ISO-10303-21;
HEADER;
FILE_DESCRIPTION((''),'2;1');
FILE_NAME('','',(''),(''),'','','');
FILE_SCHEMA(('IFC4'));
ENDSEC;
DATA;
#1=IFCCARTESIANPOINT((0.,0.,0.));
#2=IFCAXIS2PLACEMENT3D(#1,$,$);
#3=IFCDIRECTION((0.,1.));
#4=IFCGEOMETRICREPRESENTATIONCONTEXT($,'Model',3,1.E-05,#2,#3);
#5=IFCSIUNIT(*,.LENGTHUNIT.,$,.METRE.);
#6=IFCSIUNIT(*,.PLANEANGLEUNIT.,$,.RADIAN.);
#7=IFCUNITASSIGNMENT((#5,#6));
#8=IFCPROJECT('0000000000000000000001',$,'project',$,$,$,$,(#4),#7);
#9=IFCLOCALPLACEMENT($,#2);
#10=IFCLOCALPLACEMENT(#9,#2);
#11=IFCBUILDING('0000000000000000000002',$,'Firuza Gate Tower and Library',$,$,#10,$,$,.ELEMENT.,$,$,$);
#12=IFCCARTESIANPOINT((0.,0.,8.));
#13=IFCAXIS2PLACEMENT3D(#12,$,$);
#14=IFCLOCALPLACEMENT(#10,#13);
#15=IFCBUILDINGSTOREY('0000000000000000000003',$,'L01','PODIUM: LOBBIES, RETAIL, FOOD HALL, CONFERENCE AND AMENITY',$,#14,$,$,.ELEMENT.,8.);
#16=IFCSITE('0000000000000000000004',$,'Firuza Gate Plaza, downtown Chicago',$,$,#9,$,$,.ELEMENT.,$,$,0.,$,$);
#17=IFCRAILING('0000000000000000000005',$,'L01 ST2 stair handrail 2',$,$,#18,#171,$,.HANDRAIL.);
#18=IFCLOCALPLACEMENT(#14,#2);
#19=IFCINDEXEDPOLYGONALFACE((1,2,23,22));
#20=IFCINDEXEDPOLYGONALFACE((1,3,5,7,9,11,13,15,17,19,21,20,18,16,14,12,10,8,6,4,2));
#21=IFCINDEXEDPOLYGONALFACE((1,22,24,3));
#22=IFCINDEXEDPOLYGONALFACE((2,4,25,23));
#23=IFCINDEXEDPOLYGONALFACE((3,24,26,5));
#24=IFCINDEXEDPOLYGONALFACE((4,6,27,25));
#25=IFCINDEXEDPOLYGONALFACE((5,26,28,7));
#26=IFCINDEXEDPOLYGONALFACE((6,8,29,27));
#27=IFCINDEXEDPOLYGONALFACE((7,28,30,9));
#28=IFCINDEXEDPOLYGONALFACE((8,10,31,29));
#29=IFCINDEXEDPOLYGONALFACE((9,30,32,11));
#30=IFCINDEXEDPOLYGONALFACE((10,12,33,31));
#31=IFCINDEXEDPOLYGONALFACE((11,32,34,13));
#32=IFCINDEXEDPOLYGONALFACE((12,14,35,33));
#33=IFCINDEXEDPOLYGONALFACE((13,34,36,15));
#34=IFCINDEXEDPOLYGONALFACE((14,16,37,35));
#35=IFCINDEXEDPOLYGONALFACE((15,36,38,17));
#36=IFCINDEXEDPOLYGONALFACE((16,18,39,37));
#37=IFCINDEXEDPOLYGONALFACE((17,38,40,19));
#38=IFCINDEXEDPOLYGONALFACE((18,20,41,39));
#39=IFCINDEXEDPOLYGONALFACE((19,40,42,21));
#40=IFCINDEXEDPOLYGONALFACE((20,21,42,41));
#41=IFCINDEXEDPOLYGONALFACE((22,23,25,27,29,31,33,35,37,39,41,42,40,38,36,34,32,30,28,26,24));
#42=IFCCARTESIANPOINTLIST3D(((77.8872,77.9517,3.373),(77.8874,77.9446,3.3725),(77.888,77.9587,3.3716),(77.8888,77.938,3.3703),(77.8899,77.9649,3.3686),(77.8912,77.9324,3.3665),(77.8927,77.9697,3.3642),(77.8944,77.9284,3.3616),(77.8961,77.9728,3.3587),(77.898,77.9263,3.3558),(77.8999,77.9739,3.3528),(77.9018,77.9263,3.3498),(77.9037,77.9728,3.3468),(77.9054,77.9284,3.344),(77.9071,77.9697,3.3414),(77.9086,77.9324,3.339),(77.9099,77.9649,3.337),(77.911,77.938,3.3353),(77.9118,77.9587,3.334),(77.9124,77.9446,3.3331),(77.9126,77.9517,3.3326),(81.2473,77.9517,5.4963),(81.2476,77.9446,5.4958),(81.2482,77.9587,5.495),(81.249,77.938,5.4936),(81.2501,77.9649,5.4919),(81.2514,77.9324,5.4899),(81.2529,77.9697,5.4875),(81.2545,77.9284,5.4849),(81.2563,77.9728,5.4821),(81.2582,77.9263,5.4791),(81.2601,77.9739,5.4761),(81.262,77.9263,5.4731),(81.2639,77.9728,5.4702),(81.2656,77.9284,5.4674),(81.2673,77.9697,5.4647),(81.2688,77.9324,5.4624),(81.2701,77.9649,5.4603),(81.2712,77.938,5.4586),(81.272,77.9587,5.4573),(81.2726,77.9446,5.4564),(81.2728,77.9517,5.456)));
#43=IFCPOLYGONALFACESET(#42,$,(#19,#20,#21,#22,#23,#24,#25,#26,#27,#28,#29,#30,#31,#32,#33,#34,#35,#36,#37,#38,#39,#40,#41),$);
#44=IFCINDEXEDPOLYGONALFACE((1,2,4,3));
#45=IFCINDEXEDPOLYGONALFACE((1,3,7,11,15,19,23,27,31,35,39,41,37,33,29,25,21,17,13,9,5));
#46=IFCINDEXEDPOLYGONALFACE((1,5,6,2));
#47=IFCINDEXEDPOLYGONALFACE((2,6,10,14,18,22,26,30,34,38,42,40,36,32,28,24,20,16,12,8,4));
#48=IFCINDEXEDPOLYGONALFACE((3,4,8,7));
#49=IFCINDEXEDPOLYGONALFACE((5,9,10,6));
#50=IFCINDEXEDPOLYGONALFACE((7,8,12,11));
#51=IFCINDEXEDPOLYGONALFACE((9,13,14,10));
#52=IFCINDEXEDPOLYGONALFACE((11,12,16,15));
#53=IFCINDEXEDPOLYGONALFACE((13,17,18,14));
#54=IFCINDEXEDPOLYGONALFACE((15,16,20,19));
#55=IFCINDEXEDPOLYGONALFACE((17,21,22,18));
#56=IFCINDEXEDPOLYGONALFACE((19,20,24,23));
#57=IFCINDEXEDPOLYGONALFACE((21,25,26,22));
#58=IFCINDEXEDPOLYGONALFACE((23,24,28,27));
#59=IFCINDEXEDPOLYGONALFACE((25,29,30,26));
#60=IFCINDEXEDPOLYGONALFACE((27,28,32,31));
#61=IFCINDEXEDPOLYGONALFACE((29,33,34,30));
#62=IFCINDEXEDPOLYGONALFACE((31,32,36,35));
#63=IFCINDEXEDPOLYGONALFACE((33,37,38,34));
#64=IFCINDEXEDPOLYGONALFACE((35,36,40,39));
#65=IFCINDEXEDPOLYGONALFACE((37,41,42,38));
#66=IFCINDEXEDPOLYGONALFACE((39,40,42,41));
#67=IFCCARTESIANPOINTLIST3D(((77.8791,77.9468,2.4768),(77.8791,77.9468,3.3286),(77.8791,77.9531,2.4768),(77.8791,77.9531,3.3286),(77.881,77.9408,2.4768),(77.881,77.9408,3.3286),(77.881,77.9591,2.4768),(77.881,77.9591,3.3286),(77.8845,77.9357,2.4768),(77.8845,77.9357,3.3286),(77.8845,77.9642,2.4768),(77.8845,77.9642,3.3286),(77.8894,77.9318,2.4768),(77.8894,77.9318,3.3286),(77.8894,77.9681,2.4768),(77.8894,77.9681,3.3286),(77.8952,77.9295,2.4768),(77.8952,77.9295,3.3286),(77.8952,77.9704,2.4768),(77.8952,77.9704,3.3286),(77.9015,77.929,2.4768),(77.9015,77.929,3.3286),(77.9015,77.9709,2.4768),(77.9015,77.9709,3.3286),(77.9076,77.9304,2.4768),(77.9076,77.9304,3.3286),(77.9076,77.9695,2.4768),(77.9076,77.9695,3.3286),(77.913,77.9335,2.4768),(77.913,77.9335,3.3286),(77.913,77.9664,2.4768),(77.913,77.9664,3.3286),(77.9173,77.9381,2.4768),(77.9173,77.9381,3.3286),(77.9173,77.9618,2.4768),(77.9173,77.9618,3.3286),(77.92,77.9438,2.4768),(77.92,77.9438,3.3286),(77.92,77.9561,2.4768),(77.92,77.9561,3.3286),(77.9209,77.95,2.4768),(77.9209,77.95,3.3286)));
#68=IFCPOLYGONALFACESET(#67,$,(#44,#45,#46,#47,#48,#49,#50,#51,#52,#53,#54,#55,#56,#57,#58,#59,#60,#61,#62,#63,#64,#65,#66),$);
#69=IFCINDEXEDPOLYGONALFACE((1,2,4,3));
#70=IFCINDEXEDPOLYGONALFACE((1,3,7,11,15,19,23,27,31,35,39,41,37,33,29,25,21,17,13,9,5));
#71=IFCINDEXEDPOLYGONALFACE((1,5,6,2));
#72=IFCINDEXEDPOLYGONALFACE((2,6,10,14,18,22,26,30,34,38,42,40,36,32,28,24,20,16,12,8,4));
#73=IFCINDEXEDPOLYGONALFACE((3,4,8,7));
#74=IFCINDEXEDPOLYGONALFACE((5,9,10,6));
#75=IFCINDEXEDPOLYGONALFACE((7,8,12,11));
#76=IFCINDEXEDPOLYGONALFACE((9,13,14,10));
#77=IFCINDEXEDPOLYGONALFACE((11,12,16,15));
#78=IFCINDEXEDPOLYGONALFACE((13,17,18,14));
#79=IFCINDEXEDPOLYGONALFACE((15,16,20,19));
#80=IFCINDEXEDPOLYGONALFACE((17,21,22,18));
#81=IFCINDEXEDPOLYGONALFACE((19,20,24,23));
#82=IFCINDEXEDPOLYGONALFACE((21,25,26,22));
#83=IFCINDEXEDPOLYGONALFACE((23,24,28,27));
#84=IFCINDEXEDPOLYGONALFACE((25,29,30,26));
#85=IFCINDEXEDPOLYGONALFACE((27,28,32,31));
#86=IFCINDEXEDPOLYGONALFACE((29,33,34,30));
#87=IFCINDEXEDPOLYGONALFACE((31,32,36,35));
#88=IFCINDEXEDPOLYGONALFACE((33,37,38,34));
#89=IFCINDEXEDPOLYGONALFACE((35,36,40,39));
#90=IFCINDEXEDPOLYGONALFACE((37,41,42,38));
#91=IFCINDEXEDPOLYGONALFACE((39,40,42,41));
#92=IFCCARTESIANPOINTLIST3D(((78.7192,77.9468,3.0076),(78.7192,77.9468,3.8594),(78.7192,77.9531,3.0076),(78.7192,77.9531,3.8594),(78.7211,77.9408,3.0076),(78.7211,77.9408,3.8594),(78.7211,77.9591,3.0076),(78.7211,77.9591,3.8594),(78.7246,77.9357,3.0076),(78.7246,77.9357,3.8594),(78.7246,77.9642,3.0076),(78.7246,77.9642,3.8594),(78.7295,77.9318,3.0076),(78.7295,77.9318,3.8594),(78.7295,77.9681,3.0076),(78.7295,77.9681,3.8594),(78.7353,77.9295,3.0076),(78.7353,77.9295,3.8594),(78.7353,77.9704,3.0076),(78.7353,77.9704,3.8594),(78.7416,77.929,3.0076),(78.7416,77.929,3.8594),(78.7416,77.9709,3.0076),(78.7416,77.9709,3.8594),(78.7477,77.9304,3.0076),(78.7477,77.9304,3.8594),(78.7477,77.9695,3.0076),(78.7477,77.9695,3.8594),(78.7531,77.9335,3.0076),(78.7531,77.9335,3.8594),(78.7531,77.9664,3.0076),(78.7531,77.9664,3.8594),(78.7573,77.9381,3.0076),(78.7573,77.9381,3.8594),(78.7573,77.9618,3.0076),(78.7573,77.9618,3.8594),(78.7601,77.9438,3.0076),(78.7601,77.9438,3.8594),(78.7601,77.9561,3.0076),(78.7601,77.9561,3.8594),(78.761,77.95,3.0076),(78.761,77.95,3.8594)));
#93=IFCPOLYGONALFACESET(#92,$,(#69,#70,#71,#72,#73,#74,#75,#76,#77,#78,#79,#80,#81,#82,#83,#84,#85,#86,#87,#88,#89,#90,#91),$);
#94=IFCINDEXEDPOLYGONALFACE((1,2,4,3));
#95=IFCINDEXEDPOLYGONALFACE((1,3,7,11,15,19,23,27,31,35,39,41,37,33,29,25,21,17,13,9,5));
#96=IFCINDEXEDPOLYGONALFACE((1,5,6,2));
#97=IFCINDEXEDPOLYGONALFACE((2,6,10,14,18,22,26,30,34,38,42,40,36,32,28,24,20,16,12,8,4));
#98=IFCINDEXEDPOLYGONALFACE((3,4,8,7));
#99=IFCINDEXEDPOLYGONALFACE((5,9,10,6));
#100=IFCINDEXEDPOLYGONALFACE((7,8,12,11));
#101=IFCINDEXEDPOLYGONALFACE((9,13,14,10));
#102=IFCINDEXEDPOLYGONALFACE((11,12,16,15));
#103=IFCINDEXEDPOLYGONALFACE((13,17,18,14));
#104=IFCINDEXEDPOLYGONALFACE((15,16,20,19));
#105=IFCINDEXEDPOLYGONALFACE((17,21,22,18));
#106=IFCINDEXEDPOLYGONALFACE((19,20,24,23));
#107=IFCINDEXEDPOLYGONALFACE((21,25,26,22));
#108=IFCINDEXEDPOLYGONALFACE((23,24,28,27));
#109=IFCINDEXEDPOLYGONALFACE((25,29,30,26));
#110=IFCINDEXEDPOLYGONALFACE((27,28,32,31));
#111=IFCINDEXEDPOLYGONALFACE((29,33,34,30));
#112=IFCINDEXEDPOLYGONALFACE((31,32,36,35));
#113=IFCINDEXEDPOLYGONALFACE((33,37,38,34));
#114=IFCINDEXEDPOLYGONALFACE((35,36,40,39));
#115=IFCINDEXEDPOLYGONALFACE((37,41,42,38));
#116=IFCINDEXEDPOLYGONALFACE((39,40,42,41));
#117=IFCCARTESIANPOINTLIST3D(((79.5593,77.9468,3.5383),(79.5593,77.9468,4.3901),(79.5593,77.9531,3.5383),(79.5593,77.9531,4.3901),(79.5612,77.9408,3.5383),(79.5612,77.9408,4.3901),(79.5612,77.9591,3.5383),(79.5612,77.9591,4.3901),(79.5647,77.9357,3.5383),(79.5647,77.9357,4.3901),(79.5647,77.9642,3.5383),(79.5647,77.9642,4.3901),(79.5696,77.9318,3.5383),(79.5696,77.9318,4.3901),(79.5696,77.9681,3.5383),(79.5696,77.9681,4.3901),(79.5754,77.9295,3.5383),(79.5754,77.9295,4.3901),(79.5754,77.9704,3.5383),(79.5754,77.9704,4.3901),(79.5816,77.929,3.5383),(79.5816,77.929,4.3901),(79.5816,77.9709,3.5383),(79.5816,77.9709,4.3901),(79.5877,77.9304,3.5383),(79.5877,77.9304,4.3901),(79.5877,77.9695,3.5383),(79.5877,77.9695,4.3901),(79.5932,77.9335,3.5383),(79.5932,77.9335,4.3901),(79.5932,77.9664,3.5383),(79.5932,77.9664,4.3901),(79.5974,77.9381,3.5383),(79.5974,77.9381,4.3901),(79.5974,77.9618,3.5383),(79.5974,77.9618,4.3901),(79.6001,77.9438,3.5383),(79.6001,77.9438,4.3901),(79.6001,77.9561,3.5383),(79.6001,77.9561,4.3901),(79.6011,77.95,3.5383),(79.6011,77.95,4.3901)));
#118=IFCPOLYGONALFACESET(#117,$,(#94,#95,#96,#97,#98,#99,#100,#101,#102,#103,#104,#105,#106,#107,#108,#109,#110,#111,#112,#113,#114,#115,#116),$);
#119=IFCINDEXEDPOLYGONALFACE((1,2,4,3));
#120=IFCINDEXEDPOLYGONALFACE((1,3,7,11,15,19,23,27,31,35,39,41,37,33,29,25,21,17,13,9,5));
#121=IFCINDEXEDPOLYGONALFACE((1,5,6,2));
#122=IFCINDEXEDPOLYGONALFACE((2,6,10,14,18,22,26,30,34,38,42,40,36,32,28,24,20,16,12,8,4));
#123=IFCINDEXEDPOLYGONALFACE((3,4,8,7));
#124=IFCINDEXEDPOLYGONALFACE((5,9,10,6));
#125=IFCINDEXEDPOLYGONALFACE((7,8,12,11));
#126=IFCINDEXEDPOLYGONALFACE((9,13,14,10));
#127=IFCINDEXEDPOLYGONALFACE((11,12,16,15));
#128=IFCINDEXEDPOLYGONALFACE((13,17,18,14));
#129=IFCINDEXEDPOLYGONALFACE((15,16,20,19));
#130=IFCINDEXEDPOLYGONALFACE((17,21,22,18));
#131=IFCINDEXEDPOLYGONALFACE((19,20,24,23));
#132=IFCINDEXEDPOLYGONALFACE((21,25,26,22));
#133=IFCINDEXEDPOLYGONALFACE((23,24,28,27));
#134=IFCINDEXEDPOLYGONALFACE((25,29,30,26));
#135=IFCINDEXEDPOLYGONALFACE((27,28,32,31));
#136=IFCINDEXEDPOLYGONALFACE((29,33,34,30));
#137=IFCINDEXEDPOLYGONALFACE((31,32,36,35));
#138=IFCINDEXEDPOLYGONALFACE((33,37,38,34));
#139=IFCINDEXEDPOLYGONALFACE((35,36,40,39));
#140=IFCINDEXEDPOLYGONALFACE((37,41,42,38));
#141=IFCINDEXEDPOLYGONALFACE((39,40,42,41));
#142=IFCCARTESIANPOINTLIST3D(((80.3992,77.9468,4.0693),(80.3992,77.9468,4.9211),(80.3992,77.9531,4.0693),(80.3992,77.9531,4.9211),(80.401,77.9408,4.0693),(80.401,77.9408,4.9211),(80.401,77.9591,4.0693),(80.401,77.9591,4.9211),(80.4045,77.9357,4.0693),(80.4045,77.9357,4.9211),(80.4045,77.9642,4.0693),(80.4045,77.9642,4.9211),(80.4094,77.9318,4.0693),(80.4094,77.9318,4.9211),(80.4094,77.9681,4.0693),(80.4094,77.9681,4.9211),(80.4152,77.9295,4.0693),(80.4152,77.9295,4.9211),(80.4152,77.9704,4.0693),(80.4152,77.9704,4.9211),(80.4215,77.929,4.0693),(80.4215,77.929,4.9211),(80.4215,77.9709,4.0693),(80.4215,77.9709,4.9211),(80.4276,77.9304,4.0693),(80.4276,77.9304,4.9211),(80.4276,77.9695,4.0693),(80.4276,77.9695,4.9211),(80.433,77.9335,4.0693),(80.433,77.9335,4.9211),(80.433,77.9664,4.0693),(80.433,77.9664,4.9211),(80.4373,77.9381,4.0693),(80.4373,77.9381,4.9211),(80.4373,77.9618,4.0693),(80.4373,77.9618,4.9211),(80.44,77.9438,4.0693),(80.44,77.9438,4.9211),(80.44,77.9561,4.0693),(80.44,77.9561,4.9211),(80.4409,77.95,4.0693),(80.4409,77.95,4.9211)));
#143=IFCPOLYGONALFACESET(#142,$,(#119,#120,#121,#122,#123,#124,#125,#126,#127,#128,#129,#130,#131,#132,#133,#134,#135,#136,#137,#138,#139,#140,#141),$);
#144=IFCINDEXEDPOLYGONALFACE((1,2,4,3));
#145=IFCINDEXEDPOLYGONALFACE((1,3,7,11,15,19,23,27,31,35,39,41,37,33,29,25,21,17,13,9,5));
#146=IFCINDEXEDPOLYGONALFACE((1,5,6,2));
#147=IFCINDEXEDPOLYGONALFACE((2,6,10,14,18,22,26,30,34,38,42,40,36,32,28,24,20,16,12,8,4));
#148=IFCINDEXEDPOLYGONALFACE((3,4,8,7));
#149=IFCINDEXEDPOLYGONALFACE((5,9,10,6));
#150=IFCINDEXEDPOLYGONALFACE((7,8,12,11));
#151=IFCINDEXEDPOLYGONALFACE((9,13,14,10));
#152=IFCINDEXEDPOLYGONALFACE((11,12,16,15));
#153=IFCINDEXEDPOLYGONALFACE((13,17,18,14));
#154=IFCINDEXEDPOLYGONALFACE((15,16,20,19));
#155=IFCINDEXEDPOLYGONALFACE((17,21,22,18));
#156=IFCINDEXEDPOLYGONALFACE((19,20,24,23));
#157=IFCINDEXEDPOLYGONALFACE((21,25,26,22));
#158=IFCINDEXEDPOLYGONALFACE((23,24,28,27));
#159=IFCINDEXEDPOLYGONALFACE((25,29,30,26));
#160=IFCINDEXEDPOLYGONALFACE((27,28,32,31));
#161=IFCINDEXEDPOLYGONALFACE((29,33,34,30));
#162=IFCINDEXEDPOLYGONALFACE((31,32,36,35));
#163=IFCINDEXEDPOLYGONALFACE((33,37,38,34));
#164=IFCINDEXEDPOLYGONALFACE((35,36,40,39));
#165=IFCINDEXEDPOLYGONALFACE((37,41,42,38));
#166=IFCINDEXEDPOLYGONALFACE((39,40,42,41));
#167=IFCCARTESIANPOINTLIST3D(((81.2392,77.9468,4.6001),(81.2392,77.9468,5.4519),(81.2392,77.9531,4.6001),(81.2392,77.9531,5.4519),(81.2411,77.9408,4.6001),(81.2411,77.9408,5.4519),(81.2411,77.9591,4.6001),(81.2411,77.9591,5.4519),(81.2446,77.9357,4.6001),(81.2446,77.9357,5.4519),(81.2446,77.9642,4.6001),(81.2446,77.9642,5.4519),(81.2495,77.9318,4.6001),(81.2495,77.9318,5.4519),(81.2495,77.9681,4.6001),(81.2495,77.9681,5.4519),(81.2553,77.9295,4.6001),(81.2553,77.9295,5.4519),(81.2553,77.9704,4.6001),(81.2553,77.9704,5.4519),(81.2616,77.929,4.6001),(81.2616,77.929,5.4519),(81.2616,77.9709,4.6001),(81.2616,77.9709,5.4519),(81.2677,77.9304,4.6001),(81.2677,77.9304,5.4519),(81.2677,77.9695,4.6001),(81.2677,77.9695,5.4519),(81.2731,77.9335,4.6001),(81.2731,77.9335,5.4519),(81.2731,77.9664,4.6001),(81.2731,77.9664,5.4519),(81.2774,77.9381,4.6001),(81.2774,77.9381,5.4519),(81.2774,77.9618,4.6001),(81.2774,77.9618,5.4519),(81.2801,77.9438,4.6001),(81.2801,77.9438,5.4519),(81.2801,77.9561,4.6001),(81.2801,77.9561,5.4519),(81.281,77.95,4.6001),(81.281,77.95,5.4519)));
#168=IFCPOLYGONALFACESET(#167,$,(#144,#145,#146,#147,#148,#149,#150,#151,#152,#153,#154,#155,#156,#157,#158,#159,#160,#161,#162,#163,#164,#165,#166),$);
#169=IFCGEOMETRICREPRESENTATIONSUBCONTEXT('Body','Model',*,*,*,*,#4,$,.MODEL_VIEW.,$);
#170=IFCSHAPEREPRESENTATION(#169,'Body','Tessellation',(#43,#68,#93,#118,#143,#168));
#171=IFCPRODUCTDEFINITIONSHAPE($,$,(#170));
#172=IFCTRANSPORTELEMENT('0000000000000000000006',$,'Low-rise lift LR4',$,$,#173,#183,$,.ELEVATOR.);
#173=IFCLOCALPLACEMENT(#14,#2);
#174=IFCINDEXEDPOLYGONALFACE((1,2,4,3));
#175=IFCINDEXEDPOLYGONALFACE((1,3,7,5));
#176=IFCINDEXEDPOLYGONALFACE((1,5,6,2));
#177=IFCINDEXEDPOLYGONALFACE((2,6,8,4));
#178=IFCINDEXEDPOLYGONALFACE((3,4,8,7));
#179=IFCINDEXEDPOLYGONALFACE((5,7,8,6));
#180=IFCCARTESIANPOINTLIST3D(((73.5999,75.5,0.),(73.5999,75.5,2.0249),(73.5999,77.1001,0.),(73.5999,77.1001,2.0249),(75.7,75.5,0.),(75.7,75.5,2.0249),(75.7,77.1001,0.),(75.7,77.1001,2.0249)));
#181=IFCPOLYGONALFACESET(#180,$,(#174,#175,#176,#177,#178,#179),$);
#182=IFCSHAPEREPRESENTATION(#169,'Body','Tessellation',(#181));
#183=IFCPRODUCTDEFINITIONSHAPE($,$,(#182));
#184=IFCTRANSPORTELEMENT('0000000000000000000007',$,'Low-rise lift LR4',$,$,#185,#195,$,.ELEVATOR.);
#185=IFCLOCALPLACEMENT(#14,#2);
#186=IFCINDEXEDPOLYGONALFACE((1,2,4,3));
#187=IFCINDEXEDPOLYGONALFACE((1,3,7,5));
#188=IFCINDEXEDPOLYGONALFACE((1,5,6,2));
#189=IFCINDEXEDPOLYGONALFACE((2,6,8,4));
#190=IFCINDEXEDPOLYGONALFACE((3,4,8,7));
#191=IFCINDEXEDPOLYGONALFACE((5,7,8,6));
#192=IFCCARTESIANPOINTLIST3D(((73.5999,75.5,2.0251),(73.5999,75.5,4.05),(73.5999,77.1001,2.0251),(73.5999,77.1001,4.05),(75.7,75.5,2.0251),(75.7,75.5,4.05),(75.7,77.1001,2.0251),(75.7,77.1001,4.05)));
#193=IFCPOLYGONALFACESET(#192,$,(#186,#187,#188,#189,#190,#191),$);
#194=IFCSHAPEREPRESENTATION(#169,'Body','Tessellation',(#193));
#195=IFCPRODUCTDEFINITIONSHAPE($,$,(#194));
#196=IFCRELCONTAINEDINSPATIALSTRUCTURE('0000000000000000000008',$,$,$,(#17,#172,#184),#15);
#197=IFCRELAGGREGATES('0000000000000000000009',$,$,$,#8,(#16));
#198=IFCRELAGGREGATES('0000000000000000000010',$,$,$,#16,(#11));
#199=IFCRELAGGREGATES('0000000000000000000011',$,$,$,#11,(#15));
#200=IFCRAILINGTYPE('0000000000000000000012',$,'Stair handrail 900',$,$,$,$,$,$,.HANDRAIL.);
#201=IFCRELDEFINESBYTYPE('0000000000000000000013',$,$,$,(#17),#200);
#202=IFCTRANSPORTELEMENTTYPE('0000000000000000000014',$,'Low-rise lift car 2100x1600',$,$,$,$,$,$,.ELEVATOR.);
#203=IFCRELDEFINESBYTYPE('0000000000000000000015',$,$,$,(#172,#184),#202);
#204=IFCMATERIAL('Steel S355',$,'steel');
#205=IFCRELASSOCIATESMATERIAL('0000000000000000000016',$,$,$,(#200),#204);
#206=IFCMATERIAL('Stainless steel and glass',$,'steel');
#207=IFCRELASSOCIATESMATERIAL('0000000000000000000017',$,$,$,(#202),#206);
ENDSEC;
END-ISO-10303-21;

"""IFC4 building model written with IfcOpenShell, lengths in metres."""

from ifc_helpers import new_model, si_unit, direction, frame, origin, origin_2d, place, context, subcontext, project, spatial, rectangle, circle, extrude, material, type_object, element, save


model = new_model("IFC4")

# Units and contexts
model_context = context("Model", 3, precision=1e-05, world=origin(), true_north=direction((0.0, 1.0)))
body_context = subcontext(model_context, "Body", "Model", "MODEL_VIEW")
ifc_project = project(units=[si_unit("LENGTHUNIT", "METRE"), si_unit("PLANEANGLEUNIT", "RADIAN")], contexts=[model_context])

# Site, building, storey
site_placement = place(None, origin())
site = spatial("IfcSite", under=ifc_project, at=site_placement, Name="Firuza Gate Plaza, downtown Chicago", CompositionType="ELEMENT", RefElevation=0.0)
building_placement = place(site_placement, origin())
building = spatial("IfcBuilding", under=site, at=building_placement, Name="Firuza Gate Tower and Library", CompositionType="ELEMENT")
storey_placement = place(building_placement, frame((0.0, 0.0, 8.0)))
storey = spatial("IfcBuildingStorey", under=building, at=storey_placement, Name="L01", Description="PODIUM: LOBBIES, RETAIL, FOOD HALL, CONFERENCE AND AMENITY", CompositionType="ELEMENT", Elevation=8.0)

# Railing
ifc_material_1 = material(Name="Steel S355", Category="steel")
railing_type = type_object("IfcRailingType", Name="Stair handrail 900", PredefinedType="HANDRAIL", material=ifc_material_1)
railing_1_placement = place(storey_placement, frame((77.8999, 77.95, 2.4768)))
element("IfcRailing", 1, at=railing_1_placement, inside=storey, type_object=railing_type, Name="L01 ST2 stair handrail 2", PredefinedType="HANDRAIL", context=body_context, shape_type="SweptSolid", body=[
    extrude(circle(Radius=0.0239, at=origin_2d()), frame((0.0, 0.0, 0.876), z_axis=(0.845362, 0.0, 0.534194), x_axis=(0.0, 1.0, 0.0)), (0.0, 0.0, 1.0), 3.9749),
    extrude(circle(Radius=0.021, at=origin_2d()), origin(), (0.0, 0.0, 1.0), 0.8518),
    extrude(circle(Radius=0.021, at=origin_2d()), frame((0.8401, 0.0, 0.5308)), (0.0, 0.0, 1.0), 0.8518),
    extrude(circle(Radius=0.021, at=origin_2d()), frame((1.6802, 0.0, 1.0615)), (0.0, 0.0, 1.0), 0.8518),
    extrude(circle(Radius=0.021, at=origin_2d()), frame((2.52, 0.0, 1.5925)), (0.0, 0.0, 1.0), 0.8518),
    extrude(circle(Radius=0.021, at=origin_2d()), frame((3.3601, 0.0, 2.1233)), (0.0, 0.0, 1.0), 0.8518),
])

# Transport elements
ifc_material_2 = material(Name="Stainless steel and glass", Category="steel")
transport_element_type = type_object("IfcTransportElementType", Name="Low-rise lift car 2100x1600", PredefinedType="ELEVATOR", material=ifc_material_2)
for number, where, z_axis, x_axis, name in (
    (2, (74.6499, 76.3, 0.0), (0.0, 0.0, 1.0), (1.0, 0.0, 0.0), "Low-rise lift LR4"),
    (3, (74.6499, 76.3, 2.0251), (0.0, 0.0, 1.0), (1.0, 0.0, 0.0), "Low-rise lift LR4"),
):
    element("IfcTransportElement", number, at=place(storey_placement, frame(where, z_axis=z_axis, x_axis=x_axis)), inside=storey, type_object=transport_element_type, Name=name, PredefinedType="ELEVATOR", context=body_context, shape_type="SweptSolid", body=[
        extrude(rectangle(XDim=2.1001, YDim=1.6001, at=origin_2d()), origin(), (0.0, 0.0, 1.0), 2.0249),
    ])

save(model, "model.ifc")
